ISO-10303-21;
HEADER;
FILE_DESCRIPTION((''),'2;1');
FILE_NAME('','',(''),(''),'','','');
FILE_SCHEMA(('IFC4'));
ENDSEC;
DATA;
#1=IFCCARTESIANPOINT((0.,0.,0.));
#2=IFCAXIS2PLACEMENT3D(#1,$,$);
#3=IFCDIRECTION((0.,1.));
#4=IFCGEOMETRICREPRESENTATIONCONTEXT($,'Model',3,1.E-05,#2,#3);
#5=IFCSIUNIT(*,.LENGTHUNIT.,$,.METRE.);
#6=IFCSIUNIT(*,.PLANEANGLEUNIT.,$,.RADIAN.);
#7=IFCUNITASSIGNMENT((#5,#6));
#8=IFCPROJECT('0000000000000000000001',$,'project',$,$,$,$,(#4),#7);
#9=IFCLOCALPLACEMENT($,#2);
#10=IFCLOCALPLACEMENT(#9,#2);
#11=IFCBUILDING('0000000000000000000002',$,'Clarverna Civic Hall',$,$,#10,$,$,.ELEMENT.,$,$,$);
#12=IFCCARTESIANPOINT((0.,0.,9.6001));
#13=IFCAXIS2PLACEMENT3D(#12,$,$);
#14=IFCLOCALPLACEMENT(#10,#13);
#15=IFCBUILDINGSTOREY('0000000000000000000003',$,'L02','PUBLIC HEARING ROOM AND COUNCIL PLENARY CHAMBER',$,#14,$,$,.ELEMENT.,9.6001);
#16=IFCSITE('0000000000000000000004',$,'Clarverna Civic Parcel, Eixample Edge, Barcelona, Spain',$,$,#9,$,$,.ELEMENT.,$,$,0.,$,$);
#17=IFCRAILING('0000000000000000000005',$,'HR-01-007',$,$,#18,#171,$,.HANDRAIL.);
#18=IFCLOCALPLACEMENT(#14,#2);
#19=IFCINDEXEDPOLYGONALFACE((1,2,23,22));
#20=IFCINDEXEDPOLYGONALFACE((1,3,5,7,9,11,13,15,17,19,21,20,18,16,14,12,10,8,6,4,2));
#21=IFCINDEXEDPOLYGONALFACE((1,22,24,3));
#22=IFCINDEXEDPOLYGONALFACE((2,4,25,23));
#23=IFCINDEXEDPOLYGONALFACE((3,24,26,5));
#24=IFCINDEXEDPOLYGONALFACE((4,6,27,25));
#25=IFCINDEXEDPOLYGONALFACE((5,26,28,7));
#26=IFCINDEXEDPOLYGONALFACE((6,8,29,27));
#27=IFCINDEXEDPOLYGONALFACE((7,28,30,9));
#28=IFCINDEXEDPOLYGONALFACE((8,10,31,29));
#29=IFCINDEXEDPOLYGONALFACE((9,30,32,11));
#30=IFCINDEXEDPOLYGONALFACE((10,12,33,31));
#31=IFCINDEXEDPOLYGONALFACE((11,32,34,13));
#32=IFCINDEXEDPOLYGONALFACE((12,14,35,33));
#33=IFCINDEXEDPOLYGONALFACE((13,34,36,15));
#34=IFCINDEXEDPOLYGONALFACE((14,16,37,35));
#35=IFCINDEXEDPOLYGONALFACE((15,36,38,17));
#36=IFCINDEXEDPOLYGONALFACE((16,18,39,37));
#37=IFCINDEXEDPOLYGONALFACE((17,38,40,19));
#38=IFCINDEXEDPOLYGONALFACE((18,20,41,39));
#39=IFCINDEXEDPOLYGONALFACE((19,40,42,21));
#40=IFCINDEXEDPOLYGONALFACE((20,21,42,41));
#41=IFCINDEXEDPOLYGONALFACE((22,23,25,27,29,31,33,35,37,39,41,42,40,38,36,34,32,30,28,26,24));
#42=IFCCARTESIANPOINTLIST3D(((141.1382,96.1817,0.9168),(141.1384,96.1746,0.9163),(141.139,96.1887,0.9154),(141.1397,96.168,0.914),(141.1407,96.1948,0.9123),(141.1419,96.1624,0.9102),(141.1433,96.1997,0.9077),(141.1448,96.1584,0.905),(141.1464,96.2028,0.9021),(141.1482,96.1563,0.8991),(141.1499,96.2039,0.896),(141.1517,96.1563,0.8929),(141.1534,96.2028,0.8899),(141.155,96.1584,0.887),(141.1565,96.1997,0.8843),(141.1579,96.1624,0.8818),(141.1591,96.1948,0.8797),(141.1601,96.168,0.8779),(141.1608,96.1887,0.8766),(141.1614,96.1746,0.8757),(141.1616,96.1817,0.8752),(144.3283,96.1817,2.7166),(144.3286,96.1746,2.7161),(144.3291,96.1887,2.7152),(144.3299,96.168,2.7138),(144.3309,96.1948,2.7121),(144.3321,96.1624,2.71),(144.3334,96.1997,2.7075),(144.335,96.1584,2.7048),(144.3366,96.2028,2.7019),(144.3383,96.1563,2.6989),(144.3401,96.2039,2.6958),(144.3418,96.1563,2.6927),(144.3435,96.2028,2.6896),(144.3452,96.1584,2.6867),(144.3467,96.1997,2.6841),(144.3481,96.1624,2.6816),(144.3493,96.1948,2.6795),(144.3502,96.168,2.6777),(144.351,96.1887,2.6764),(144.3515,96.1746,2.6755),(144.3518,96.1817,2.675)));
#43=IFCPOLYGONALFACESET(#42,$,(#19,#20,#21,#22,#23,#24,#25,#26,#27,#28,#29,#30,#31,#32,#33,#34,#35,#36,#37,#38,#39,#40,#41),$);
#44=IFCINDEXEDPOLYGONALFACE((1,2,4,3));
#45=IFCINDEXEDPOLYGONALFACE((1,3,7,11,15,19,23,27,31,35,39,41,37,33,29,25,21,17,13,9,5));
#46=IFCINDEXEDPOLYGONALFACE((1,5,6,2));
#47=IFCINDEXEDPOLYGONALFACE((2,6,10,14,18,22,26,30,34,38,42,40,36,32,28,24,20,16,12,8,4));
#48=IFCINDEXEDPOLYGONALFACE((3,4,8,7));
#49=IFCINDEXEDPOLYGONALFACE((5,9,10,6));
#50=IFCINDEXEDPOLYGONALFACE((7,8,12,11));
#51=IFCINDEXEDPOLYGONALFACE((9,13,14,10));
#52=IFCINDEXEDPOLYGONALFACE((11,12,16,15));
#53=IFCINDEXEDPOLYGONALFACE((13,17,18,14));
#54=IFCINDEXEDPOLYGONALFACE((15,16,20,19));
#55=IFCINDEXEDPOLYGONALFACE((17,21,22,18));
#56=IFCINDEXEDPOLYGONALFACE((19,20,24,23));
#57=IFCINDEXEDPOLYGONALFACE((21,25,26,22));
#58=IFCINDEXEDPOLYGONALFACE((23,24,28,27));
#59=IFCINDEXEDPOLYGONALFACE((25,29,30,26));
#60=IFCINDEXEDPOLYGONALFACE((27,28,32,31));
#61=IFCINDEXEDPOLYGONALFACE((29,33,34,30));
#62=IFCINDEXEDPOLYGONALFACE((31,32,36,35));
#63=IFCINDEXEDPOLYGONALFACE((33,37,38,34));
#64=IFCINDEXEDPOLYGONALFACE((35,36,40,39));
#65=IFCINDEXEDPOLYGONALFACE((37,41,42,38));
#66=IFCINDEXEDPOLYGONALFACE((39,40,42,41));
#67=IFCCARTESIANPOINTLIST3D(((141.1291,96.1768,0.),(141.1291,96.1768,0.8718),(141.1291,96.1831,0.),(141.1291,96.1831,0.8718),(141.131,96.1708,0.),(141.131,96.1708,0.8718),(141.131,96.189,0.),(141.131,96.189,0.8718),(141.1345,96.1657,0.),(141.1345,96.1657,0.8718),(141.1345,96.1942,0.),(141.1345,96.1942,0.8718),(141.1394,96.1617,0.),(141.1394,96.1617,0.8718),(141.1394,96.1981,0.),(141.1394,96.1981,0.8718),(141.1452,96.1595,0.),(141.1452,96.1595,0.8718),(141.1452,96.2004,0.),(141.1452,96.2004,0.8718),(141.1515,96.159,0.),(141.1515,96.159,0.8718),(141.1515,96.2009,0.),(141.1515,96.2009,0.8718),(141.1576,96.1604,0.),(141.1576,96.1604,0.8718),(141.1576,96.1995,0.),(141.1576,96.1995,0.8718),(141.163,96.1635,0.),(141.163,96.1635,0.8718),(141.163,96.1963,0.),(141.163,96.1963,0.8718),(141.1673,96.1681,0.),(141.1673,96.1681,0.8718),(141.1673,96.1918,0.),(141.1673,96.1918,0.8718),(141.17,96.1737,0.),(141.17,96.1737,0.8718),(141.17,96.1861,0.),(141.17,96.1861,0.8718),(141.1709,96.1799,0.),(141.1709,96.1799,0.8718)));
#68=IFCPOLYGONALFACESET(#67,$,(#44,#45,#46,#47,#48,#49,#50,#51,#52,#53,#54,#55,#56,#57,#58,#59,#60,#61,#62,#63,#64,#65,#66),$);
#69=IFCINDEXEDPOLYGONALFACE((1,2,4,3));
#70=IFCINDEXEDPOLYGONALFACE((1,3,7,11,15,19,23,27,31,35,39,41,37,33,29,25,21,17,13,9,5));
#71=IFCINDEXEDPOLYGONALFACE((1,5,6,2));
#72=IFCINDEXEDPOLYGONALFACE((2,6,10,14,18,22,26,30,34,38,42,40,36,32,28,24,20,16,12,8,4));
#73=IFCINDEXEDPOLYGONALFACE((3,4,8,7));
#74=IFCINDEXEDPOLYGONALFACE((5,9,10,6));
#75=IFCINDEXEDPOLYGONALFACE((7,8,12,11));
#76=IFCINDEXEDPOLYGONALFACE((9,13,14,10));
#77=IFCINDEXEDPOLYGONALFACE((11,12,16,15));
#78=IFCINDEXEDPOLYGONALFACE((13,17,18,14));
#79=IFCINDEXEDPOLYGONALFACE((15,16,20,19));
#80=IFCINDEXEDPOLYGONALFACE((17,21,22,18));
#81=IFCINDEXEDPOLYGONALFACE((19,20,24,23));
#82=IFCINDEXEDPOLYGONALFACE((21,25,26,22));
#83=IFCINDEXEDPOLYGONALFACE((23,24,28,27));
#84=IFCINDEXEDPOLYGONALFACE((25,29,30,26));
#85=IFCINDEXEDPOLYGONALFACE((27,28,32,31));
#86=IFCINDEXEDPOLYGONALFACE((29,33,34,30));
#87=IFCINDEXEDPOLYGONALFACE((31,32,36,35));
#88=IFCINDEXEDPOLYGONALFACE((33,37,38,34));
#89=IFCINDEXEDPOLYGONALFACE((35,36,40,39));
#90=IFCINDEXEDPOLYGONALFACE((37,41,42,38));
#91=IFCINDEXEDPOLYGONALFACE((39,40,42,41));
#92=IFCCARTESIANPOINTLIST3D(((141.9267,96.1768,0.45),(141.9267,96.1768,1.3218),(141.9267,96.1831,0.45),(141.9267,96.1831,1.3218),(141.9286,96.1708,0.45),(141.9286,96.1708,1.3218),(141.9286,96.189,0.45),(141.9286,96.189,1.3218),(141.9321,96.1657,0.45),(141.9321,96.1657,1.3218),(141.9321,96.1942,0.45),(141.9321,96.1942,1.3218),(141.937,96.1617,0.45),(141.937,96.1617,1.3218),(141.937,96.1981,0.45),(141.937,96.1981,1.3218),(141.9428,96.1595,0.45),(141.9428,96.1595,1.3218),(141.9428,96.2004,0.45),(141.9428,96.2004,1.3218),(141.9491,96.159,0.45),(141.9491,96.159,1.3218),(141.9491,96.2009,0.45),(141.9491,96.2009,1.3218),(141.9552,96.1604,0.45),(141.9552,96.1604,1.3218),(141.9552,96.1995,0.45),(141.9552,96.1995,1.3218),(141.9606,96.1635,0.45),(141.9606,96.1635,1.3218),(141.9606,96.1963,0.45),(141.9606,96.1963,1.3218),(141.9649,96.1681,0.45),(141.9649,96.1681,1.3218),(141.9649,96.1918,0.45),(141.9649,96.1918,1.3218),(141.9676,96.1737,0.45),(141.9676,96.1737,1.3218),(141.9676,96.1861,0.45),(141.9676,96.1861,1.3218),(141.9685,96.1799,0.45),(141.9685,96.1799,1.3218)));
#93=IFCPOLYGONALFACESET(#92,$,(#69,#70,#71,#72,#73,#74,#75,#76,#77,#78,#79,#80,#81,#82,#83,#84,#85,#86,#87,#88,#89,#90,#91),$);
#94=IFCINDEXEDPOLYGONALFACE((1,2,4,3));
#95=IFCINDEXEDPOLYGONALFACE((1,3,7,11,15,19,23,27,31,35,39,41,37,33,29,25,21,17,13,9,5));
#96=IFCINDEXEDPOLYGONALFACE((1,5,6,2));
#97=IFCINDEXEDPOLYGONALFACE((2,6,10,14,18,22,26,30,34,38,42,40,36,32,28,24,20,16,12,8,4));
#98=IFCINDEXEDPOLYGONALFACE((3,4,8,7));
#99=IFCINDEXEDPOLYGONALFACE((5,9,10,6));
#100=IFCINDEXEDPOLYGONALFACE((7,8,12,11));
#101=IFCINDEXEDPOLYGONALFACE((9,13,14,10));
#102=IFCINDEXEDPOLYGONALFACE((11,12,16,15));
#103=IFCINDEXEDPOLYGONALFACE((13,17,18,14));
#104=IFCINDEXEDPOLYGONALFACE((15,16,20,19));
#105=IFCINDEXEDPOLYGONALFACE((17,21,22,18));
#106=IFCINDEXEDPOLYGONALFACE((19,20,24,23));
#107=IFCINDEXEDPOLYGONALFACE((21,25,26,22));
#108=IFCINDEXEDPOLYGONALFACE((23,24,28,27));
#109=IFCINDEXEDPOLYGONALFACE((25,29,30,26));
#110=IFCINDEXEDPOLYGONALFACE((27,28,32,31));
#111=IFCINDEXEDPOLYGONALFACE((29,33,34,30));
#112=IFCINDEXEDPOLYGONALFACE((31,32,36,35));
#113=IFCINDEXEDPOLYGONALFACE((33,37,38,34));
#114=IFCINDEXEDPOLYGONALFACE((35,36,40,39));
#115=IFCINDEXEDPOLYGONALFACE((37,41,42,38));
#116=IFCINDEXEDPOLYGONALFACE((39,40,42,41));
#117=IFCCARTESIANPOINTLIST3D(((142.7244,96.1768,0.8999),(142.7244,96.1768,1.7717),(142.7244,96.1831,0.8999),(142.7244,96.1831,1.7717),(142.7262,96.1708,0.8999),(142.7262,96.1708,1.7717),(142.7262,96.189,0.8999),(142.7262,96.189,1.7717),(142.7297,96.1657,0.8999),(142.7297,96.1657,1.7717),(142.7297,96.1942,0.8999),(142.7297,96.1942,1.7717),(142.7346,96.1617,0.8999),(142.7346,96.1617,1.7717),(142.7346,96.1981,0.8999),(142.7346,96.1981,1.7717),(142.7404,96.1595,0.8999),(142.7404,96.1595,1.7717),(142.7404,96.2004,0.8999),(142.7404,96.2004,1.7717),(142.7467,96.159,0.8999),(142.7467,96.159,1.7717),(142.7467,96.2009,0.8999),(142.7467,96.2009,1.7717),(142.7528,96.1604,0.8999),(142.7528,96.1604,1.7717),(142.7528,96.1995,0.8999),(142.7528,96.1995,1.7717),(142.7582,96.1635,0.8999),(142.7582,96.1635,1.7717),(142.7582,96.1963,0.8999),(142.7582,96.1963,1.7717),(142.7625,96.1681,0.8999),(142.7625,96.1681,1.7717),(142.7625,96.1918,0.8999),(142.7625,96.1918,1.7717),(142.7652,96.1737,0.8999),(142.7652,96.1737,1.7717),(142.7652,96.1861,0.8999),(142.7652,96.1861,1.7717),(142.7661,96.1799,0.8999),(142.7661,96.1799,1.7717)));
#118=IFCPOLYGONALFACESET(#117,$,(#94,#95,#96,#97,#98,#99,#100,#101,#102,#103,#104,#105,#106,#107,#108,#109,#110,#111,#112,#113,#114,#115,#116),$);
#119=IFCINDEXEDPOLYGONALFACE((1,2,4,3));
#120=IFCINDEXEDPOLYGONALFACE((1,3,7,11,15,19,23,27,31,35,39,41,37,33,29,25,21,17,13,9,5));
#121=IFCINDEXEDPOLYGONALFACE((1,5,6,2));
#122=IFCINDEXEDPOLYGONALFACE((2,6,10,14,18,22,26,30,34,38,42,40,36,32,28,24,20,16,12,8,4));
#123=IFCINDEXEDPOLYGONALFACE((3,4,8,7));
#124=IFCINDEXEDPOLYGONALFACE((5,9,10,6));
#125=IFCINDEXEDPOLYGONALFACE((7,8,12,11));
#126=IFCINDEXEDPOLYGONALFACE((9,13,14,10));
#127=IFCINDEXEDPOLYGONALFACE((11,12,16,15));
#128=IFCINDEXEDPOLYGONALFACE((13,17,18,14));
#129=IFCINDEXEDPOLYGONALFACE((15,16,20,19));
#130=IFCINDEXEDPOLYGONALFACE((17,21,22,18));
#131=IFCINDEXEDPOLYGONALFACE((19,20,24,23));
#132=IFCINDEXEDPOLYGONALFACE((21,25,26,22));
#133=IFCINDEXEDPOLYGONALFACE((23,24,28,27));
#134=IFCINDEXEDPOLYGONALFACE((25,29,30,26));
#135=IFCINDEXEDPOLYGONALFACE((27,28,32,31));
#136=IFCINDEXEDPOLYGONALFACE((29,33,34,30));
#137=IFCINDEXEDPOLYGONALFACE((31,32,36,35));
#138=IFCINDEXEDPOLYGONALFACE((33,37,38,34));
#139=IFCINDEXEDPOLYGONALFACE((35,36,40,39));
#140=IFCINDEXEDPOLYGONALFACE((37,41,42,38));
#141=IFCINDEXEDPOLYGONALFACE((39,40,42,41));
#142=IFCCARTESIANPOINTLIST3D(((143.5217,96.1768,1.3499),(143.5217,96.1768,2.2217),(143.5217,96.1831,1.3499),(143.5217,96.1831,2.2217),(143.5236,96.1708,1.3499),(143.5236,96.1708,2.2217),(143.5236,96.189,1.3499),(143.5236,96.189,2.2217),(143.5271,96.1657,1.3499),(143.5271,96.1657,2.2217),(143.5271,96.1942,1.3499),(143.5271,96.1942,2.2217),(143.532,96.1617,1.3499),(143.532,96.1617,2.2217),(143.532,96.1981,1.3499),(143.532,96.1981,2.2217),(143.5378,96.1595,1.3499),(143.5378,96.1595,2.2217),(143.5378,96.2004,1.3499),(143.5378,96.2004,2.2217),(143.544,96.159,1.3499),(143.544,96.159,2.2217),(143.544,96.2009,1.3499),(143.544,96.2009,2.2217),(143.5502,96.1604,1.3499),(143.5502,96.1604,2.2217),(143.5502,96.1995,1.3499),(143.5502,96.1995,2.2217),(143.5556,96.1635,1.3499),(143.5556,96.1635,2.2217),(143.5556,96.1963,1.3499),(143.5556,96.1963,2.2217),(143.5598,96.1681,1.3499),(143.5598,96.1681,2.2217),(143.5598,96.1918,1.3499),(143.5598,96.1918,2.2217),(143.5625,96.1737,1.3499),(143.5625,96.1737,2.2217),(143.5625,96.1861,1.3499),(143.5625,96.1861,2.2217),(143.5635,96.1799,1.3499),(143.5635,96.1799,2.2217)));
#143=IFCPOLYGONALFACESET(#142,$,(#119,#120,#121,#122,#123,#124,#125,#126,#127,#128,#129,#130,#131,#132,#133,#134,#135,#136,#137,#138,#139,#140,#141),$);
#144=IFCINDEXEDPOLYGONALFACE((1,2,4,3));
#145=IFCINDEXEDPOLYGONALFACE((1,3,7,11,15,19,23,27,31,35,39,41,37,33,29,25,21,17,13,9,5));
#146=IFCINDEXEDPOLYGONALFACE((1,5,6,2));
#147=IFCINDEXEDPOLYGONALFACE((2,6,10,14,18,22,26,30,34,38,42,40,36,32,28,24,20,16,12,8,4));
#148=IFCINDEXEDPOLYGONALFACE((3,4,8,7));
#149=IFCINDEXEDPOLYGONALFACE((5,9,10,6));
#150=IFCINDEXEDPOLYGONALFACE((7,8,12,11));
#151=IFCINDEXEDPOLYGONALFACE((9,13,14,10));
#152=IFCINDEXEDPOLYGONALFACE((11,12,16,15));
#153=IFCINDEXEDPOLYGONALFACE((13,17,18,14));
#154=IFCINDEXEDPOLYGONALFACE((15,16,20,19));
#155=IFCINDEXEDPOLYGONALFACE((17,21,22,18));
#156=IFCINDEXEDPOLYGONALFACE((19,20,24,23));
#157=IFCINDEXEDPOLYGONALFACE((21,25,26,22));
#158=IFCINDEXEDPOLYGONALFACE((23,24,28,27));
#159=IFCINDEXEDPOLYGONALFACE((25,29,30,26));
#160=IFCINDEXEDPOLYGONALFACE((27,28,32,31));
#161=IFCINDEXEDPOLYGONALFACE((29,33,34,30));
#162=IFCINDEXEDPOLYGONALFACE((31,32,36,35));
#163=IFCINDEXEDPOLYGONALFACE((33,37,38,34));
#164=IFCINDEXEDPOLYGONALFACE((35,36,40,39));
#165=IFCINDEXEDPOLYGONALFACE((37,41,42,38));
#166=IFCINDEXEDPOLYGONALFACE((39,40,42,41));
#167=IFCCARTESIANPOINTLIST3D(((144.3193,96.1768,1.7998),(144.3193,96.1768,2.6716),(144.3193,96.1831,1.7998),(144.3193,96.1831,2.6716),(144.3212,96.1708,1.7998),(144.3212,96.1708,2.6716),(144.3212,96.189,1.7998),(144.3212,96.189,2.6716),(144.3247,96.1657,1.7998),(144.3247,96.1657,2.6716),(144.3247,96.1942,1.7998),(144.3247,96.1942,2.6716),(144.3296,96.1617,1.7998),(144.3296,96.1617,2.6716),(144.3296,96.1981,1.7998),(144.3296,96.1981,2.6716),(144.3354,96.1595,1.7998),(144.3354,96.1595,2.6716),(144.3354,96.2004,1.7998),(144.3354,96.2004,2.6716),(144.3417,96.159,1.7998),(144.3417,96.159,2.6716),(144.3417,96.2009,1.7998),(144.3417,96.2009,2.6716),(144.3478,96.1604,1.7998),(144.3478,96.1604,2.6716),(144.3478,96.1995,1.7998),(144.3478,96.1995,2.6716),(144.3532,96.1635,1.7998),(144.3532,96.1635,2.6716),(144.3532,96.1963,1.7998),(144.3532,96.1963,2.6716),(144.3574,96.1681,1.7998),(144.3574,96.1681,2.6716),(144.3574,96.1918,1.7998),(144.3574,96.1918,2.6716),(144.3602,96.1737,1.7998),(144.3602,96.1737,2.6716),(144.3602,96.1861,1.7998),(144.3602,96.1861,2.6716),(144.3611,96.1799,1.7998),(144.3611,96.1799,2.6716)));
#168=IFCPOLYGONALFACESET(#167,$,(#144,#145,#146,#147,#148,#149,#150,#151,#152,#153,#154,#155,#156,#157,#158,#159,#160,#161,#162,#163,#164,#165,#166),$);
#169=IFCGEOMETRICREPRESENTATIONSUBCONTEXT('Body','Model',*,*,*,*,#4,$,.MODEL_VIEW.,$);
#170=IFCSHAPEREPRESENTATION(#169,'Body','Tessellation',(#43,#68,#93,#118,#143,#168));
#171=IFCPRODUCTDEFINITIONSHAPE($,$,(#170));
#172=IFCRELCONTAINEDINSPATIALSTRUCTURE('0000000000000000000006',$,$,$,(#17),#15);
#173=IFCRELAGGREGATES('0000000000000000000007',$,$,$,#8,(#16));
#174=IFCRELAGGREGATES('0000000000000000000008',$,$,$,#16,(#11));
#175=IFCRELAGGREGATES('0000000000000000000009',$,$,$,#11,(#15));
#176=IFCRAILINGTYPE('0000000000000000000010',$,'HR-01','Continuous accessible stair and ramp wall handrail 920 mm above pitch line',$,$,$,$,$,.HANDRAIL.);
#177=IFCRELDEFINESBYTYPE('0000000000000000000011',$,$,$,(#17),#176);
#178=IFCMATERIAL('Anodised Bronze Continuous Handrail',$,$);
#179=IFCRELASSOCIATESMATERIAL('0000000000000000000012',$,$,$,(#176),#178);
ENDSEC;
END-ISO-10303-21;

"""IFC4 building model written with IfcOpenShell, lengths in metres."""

from ifc_helpers import new_model, si_unit, direction, frame, origin, origin_2d, place, context, subcontext, project, spatial, circle, extrude, material, type_object, element, save


model = new_model("IFC4")

# Units and contexts
model_context = context("Model", 3, precision=1e-05, world=origin(), true_north=direction((0.0, 1.0)))
body_context = subcontext(model_context, "Body", "Model", "MODEL_VIEW")
ifc_project = project(units=[si_unit("LENGTHUNIT", "METRE"), si_unit("PLANEANGLEUNIT", "RADIAN")], contexts=[model_context])

# Site, building, storey
site_placement = place(None, origin())
site = spatial("IfcSite", under=ifc_project, at=site_placement, Name="Clarverna Civic Parcel, Eixample Edge, Barcelona, Spain", CompositionType="ELEMENT", RefElevation=0.0)
building_placement = place(site_placement, origin())
building = spatial("IfcBuilding", under=site, at=building_placement, Name="Clarverna Civic Hall", CompositionType="ELEMENT")
storey_placement = place(building_placement, frame((0.0, 0.0, 9.6001)))
storey = spatial("IfcBuildingStorey", under=building, at=storey_placement, Name="L02", Description="PUBLIC HEARING ROOM AND COUNCIL PLENARY CHAMBER", CompositionType="ELEMENT", Elevation=9.6001)

# Railing
ifc_material_1 = material(Name="Anodised Bronze Continuous Handrail")
railing_type_1 = type_object("IfcRailingType", Name="HR-01", Description="Continuous accessible stair and ramp wall handrail 920 mm above pitch line", PredefinedType="HANDRAIL", material=ifc_material_1)
railing_1_placement = place(storey_placement, frame((141.1499, 96.1799, 0.0)))
element("IfcRailing", 1, at=railing_1_placement, inside=storey, type_object=railing_type_1, Name="HR-01-007", PredefinedType="HANDRAIL", context=body_context, shape_type="SweptSolid", body=[
    extrude(circle(Radius=0.0239, at=origin_2d()), frame((0.0, 0.0, 0.896), z_axis=(0.870954, 0.0, 0.491365), x_axis=(0.0, 1.0, 0.0)), (0.0, 0.0, 1.0), 3.6628),
    extrude(circle(Radius=0.021, at=origin_2d()), origin(), (0.0, 0.0, 1.0), 0.8718),
    extrude(circle(Radius=0.021, at=origin_2d()), frame((0.7976, 0.0, 0.45)), (0.0, 0.0, 1.0), 0.8718),
    extrude(circle(Radius=0.021, at=origin_2d()), frame((1.5952, 0.0, 0.8999)), (0.0, 0.0, 1.0), 0.8718),
    extrude(circle(Radius=0.021, at=origin_2d()), frame((2.3926, 0.0, 1.3499)), (0.0, 0.0, 1.0), 0.8718),
    extrude(circle(Radius=0.021, at=origin_2d()), frame((3.1902, 0.0, 1.7998)), (0.0, 0.0, 1.0), 0.8718),
])

save(model, "model.ifc")
